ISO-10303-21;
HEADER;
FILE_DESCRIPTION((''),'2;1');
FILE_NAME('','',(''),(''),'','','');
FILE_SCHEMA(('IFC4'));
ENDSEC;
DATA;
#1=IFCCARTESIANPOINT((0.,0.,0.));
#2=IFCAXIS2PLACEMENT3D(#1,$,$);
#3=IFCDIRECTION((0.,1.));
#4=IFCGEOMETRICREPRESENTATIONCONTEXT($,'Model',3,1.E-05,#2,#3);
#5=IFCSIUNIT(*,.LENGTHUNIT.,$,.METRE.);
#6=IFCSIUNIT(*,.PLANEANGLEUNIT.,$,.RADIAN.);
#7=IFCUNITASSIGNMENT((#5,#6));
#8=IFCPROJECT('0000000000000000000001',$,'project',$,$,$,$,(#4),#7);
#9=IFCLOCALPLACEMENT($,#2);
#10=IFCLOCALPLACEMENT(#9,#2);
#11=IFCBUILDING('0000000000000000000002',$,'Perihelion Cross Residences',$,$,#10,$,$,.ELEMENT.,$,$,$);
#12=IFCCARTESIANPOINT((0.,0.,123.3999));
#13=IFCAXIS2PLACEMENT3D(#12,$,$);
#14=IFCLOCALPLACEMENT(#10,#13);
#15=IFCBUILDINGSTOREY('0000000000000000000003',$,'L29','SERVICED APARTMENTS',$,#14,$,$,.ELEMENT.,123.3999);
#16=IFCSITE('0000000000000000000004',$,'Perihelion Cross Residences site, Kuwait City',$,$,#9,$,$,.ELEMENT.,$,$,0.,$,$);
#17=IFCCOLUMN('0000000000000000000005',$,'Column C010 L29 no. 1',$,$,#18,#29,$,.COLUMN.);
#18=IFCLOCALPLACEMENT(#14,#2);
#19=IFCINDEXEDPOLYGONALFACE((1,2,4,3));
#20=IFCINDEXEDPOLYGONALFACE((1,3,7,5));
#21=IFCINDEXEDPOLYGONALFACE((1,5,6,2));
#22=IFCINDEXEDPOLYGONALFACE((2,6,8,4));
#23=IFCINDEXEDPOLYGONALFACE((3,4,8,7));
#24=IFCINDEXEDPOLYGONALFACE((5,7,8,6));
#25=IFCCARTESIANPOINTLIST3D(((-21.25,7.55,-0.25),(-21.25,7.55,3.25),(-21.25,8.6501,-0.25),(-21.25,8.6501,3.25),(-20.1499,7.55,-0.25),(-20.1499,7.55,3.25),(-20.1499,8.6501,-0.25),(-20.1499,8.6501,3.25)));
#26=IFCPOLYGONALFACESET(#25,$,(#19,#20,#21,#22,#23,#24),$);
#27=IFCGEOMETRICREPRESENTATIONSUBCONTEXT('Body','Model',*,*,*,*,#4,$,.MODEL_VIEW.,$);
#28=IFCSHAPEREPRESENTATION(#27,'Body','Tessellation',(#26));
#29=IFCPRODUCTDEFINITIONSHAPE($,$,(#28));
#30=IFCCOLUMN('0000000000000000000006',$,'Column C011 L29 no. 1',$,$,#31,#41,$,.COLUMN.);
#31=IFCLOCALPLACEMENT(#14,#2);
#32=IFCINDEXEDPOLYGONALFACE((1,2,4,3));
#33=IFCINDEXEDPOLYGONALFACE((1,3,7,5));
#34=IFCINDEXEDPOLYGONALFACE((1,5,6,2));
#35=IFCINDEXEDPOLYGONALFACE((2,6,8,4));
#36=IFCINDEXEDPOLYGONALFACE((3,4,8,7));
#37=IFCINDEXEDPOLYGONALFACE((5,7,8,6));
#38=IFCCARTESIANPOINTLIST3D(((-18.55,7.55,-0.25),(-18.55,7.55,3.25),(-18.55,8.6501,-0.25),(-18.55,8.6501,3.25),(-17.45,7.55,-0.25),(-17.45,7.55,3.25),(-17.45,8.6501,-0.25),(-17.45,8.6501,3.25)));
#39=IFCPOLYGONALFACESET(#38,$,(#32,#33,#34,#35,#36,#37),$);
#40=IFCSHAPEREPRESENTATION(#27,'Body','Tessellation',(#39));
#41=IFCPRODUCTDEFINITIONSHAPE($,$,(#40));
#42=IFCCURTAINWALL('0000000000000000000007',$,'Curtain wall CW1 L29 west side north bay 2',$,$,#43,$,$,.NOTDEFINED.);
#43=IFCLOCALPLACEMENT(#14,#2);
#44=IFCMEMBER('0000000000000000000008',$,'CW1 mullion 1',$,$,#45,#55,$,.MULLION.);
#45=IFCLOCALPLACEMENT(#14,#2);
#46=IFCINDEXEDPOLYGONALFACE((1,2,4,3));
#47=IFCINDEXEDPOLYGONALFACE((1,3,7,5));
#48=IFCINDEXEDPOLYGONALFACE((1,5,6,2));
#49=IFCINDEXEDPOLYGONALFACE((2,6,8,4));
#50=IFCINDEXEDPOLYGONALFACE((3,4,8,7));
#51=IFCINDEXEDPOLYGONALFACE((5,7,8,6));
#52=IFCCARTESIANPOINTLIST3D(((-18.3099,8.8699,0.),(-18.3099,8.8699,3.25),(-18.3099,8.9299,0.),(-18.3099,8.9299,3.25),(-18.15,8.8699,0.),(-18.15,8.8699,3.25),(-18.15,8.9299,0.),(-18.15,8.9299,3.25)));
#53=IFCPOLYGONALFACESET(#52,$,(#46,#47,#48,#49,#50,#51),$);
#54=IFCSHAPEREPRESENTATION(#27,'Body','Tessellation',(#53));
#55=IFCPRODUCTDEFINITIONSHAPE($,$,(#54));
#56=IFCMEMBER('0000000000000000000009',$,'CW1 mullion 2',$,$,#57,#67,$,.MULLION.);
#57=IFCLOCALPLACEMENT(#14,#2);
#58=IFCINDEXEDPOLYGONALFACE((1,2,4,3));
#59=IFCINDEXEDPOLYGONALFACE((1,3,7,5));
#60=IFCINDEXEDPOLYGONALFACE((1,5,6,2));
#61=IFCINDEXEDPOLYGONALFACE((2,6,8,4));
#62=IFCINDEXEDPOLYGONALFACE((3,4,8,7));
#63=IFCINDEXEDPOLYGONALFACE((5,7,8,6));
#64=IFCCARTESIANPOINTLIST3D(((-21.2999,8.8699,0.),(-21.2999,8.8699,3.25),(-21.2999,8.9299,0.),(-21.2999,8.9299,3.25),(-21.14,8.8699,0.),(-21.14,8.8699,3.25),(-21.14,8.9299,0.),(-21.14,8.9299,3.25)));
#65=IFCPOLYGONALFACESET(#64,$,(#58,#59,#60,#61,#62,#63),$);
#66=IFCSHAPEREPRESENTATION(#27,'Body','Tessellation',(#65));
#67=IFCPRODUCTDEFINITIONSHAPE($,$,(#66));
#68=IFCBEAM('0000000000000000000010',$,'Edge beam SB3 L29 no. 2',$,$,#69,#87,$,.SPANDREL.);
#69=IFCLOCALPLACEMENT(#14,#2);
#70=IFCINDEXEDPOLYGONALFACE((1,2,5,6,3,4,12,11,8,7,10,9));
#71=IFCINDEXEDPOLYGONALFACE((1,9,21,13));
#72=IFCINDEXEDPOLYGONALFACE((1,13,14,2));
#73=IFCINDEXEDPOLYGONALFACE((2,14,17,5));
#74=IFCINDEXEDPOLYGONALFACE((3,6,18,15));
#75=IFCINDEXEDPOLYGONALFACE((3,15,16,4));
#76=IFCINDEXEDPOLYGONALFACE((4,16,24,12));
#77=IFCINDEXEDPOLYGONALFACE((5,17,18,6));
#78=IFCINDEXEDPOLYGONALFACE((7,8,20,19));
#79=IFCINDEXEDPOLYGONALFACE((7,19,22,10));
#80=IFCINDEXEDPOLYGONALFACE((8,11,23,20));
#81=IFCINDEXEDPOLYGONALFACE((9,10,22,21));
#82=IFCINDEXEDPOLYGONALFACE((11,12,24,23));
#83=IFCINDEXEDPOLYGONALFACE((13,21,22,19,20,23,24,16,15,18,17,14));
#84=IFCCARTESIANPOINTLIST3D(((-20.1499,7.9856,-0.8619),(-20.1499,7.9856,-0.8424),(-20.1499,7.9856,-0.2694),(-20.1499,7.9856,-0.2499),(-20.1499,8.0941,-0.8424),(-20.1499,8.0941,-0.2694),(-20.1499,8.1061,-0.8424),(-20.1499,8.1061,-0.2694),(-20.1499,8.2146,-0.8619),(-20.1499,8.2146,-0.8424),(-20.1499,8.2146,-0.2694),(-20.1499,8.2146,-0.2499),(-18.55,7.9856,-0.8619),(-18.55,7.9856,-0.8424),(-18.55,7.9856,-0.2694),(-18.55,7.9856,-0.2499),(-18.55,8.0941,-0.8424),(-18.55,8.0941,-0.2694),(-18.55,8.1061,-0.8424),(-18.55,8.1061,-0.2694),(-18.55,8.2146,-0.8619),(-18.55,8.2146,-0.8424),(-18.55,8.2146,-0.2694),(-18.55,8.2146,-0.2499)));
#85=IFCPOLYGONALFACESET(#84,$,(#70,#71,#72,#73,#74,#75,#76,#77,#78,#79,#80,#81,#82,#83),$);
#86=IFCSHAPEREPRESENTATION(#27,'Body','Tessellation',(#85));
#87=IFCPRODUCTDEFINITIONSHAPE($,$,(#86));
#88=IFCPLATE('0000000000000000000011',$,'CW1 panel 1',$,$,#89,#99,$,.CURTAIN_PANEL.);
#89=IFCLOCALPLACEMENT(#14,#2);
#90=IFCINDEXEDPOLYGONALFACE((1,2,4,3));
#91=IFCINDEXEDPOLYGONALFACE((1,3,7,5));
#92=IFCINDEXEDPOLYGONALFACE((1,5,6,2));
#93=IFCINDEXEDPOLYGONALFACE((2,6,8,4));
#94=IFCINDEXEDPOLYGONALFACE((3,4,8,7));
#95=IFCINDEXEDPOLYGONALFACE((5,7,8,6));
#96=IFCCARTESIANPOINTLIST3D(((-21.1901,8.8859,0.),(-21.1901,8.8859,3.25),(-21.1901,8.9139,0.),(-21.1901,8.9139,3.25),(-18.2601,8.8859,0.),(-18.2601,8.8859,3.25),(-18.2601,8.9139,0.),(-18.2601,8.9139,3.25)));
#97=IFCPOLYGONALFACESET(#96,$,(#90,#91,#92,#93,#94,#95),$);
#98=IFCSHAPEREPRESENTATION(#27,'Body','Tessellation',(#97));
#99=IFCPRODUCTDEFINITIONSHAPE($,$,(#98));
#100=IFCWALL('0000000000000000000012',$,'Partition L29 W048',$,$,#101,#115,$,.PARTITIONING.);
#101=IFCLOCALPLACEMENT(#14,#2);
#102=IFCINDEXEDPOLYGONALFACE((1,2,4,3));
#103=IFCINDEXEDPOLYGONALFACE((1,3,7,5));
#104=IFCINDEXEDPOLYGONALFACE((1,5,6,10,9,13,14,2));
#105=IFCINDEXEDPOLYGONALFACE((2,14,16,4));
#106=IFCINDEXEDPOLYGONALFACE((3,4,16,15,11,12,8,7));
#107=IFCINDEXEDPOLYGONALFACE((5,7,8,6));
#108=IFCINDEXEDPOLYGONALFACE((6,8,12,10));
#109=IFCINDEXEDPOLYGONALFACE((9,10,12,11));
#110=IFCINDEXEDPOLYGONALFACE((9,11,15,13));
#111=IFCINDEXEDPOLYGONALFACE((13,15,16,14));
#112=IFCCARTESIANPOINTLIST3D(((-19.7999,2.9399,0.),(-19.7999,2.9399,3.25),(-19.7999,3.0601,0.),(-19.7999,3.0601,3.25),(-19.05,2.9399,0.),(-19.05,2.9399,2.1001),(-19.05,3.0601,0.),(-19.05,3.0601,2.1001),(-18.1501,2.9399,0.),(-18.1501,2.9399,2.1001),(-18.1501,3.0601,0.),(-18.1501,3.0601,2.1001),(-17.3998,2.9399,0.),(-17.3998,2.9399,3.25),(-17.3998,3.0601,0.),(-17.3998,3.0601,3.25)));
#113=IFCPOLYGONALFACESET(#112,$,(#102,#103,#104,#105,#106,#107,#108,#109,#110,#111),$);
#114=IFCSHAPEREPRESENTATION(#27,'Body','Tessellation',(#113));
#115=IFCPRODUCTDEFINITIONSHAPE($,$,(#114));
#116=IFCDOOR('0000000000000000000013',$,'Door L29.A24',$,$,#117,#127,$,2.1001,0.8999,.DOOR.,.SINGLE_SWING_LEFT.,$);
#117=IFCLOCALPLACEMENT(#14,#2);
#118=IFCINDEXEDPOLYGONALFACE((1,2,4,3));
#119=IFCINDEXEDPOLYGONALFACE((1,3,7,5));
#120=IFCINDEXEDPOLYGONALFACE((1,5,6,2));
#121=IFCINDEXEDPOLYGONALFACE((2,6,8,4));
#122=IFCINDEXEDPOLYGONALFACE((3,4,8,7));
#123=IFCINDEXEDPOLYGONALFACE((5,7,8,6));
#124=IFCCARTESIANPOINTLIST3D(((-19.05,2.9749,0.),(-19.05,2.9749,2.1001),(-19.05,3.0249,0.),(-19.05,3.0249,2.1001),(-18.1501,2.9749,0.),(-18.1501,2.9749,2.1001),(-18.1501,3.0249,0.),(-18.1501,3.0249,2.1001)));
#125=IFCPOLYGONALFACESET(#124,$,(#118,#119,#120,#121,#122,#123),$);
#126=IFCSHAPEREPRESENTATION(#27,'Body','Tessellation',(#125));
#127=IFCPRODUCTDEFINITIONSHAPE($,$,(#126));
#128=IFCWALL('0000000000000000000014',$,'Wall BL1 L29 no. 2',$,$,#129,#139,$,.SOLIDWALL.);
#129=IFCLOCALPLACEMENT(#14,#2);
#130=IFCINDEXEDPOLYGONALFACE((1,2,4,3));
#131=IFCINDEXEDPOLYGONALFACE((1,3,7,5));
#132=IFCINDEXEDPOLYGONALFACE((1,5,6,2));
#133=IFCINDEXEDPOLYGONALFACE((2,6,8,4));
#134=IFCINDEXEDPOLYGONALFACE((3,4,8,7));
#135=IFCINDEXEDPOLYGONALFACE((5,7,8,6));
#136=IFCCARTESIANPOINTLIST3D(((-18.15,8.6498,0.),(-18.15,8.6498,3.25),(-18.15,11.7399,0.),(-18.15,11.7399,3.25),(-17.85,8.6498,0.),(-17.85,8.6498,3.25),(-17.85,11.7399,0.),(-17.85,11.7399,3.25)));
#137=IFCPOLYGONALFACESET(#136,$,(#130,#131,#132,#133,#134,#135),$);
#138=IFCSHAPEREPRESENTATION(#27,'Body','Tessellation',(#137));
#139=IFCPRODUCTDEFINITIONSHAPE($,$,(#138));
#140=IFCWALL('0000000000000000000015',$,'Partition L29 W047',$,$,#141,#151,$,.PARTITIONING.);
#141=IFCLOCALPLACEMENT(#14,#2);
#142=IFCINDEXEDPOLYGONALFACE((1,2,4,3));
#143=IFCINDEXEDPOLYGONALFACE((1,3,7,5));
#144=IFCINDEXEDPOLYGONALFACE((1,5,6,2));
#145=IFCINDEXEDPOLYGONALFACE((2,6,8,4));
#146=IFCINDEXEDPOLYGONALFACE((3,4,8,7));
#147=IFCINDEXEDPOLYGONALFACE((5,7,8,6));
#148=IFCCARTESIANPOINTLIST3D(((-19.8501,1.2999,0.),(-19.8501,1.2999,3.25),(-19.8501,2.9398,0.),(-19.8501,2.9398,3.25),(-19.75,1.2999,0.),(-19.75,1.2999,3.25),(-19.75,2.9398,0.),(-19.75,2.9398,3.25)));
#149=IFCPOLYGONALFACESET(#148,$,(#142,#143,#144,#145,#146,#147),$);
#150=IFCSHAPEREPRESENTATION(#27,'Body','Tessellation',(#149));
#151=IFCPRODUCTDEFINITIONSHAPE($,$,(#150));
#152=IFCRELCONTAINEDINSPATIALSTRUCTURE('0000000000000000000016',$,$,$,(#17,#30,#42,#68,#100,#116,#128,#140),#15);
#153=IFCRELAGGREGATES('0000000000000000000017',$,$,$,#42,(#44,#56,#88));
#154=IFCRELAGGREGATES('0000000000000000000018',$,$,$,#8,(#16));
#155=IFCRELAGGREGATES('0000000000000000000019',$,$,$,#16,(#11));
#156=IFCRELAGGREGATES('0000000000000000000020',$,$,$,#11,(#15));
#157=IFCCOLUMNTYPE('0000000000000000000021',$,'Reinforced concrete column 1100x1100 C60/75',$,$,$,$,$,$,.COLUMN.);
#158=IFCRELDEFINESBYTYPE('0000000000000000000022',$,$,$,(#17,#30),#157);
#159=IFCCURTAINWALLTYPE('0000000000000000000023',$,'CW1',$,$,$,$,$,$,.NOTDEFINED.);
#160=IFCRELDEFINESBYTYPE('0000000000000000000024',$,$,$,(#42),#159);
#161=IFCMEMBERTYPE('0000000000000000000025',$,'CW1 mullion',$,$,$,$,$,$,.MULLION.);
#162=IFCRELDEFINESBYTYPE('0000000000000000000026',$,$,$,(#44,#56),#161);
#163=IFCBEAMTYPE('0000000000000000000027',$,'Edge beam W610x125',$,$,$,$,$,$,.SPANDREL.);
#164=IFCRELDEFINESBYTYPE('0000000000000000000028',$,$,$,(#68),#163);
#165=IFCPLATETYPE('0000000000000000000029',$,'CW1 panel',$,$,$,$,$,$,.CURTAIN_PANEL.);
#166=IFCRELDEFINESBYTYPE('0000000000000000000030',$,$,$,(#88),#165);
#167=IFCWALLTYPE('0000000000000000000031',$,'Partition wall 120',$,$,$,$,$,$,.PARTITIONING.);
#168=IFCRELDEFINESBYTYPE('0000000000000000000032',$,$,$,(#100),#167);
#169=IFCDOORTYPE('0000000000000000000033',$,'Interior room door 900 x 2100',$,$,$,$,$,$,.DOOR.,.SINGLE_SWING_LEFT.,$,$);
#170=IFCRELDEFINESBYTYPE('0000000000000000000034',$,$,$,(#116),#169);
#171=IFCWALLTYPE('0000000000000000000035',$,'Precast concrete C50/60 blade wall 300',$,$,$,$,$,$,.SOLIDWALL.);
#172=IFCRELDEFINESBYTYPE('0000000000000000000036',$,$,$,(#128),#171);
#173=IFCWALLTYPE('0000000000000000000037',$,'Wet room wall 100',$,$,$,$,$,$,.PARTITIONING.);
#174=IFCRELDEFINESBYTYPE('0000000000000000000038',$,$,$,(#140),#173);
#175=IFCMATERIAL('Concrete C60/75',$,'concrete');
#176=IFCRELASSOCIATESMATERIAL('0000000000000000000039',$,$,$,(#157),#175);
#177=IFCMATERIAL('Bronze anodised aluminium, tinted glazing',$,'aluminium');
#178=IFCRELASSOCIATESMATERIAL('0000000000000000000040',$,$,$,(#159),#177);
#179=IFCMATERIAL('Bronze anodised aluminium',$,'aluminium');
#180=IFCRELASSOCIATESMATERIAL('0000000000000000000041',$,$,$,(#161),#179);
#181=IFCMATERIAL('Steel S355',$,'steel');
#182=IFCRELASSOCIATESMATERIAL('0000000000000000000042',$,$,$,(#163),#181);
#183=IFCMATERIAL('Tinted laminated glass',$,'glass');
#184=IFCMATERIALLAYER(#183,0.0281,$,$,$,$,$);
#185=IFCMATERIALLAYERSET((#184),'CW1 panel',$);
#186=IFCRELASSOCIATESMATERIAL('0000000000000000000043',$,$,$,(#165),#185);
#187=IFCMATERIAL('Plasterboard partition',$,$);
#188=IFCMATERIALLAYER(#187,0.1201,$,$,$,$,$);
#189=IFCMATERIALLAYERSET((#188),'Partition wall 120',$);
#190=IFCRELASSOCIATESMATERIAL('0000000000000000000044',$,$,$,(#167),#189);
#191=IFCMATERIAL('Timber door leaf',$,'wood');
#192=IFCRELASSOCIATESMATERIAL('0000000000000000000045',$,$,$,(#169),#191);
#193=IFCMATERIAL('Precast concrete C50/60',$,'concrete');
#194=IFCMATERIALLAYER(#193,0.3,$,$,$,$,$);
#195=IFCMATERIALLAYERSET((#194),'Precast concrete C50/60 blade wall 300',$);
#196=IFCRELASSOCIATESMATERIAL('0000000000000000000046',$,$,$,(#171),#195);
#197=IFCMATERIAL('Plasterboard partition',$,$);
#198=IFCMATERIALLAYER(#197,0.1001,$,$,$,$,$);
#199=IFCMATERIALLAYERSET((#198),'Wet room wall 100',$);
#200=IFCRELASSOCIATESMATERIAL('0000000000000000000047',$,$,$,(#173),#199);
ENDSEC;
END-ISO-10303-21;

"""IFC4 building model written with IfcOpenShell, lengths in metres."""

from ifc_helpers import new_model, si_unit, direction, frame, frame_2d, origin, origin_2d, place, context, subcontext, project, spatial, rectangle, i_section, extrude, material, layer, layer_set, material_profile, profile_set, type_object, element, fill, aggregate, save


model = new_model("IFC4")

# Units and contexts
model_context = context("Model", 3, precision=1e-05, world=origin(), true_north=direction((0.0, 1.0)))
body_context = subcontext(model_context, "Body", "Model", "MODEL_VIEW")
ifc_project = project(units=[si_unit("LENGTHUNIT", "METRE"), si_unit("PLANEANGLEUNIT", "RADIAN")], contexts=[model_context])

# Site, building, storey
site_placement = place(None, origin())
site = spatial("IfcSite", under=ifc_project, at=site_placement, Name="Perihelion Cross Residences site, Kuwait City", CompositionType="ELEMENT", RefElevation=0.0)
building_placement = place(site_placement, origin())
building = spatial("IfcBuilding", under=site, at=building_placement, Name="Perihelion Cross Residences", CompositionType="ELEMENT")
storey_placement = place(building_placement, frame((0.0, 0.0, 123.3999)))
storey = spatial("IfcBuildingStorey", under=building, at=storey_placement, Name="L29", Description="SERVICED APARTMENTS", CompositionType="ELEMENT", Elevation=123.3999)

# Columns
ifc_material_1 = material(Name="Concrete C60/75", Category="concrete")
ifc_material_profile_1 = material_profile(ifc_material_1, rectangle(XDim=1.1001, YDim=1.1001, at=origin_2d()), Name="RC 1100x1100")
ifc_profile_set_1 = profile_set([ifc_material_profile_1], Name="Concrete C60/75")
column_type = type_object("IfcColumnType", Name="Reinforced concrete column 1100x1100 C60/75", PredefinedType="COLUMN", material=ifc_profile_set_1)
for number, where, z_axis, x_axis, name in (
    (1, (-20.7, 8.1001, -0.25), (0.0, 0.0, 1.0), (1.0, 0.0, 0.0), "Column C010 L29 no. 1"),
    (2, (-18.0, 8.1001, -0.25), (0.0, 0.0, 1.0), (1.0, 0.0, 0.0), "Column C011 L29 no. 1"),
):
    element("IfcColumn", number, at=place(storey_placement, frame(where, z_axis=z_axis, x_axis=x_axis)), inside=storey, type_object=column_type, Name=name, PredefinedType="COLUMN", context=body_context, shape_type="SweptSolid", body=[
        extrude(rectangle(XDim=1.1001, YDim=1.1001, at=origin_2d()), origin(), (0.0, 0.0, 1.0), 3.5),
    ])

# Curtain wall, members
ifc_material_2 = material(Name="Bronze anodised aluminium, tinted glazing", Category="aluminium")
curtain_wall_type = type_object("IfcCurtainWallType", Name="CW1", PredefinedType="NOTDEFINED", material=ifc_material_2)
curtain_wall_placement = place(storey_placement, origin())
curtain_wall = element("IfcCurtainWall", 3, at=curtain_wall_placement, inside=storey, type_object=curtain_wall_type, Name="Curtain wall CW1 L29 west side north bay 2", PredefinedType="NOTDEFINED")
ifc_material_3 = material(Name="Bronze anodised aluminium", Category="aluminium")
ifc_material_profile_2 = material_profile(ifc_material_3, rectangle(XDim=0.0601, YDim=0.1599, at=origin_2d()), Name="CW1 mullion")
ifc_profile_set_2 = profile_set([ifc_material_profile_2], Name="Bronze anodised aluminium")
member_type = type_object("IfcMemberType", Name="CW1 mullion", PredefinedType="MULLION", material=ifc_profile_set_2)
member_1_placement = place(storey_placement, frame((-18.23, 8.8999, 0.0), z_axis=(0.0, 0.0, 1.0), x_axis=(0.0, -1.0, 0.0)))
member_1 = element("IfcMember", 4, at=member_1_placement, type_object=member_type, Name="CW1 mullion 1", PredefinedType="MULLION", context=body_context, shape_type="SweptSolid", body=[
    extrude(rectangle(XDim=0.0601, YDim=0.1599, at=origin_2d()), origin(), (0.0, 0.0, 1.0), 3.25),
])
member_2_placement = place(storey_placement, frame((-21.22, 8.8999, 0.0), z_axis=(0.0, 0.0, 1.0), x_axis=(0.0, -1.0, 0.0)))
member_2 = element("IfcMember", 5, at=member_2_placement, type_object=member_type, Name="CW1 mullion 2", PredefinedType="MULLION", context=body_context, shape_type="SweptSolid", body=[
    extrude(rectangle(XDim=0.0601, YDim=0.1599, at=origin_2d()), origin(), (0.0, 0.0, 1.0), 3.25),
])

# Beam
ifc_material_4 = material(Name="Steel S355", Category="steel")
ifc_material_profile_3 = material_profile(ifc_material_4, i_section(OverallWidth=0.229, OverallDepth=0.6121, WebThickness=0.012, FlangeThickness=0.0195, at=origin_2d()), Name="W610x125")
ifc_profile_set_3 = profile_set([ifc_material_profile_3], Name="Steel S355")
beam_type = type_object("IfcBeamType", Name="Edge beam W610x125", PredefinedType="SPANDREL", material=ifc_profile_set_3)
beam_placement = place(storey_placement, frame((-18.55, 8.1001, -0.5559), z_axis=(-1.0, 0.0, 0.0), x_axis=(0.0, -1.0, 0.0)))
element("IfcBeam", 6, at=beam_placement, inside=storey, type_object=beam_type, Name="Edge beam SB3 L29 no. 2", PredefinedType="SPANDREL", context=body_context, shape_type="SweptSolid", body=[
    extrude(i_section(OverallWidth=0.229, OverallDepth=0.6121, WebThickness=0.012, FlangeThickness=0.0195, at=origin_2d()), origin(), (0.0, 0.0, 1.0), 1.5999),
])

# Plate
ifc_material_5 = material(Name="Tinted laminated glass", Category="glass")
ifc_layer_1 = layer(ifc_material_5, 0.0281)
ifc_layer_set_1 = layer_set([ifc_layer_1], Name="CW1 panel")
plate_type = type_object("IfcPlateType", Name="CW1 panel", PredefinedType="CURTAIN_PANEL", material=ifc_layer_set_1)
plate_placement = place(storey_placement, frame((-19.7251, 8.8999, 0.0), z_axis=(0.0, 0.0, 1.0), x_axis=(-1.0, 0.0, 0.0)))
plate = element("IfcPlate", 7, at=plate_placement, type_object=plate_type, Name="CW1 panel 1", PredefinedType="CURTAIN_PANEL", context=body_context, shape_type="SweptSolid", body=[
    extrude(rectangle(XDim=2.9299, YDim=0.0281, at=origin_2d()), origin(), (0.0, 0.0, 1.0), 3.25),
])
aggregate(curtain_wall, [member_1, member_2, plate])

# Wall, opening, door
ifc_material_6 = material(Name="Plasterboard partition")
ifc_layer_2 = layer(ifc_material_6, 0.1201)
ifc_layer_set_2 = layer_set([ifc_layer_2], Name="Partition wall 120")
wall_type_1 = type_object("IfcWallType", Name="Partition wall 120", PredefinedType="PARTITIONING", material=ifc_layer_set_2)
wall_1_placement = place(storey_placement, frame((-19.8, 3.0, 0.0), z_axis=(0.0, 0.0, 1.0), x_axis=(1.0, 0.0, 0.0)))
wall_1 = element("IfcWall", 8, at=wall_1_placement, inside=storey, type_object=wall_type_1, Name="Partition L29 W048", PredefinedType="PARTITIONING", context=body_context, shape_type="SweptSolid", body=[
    extrude(rectangle(XDim=2.4001, YDim=0.1201, at=frame_2d((1.2002, 0.0))), origin(), (0.0, 0.0, 1.0), 3.25),
])
opening_1_placement = place(wall_1_placement, frame((0.75, 0.0, 0.0)))
opening_1 = element("IfcOpeningElement", 9, at=opening_1_placement, cuts=wall_1, PredefinedType="OPENING", context=body_context, shape_type="SweptSolid", body=[
    extrude(rectangle(XDim=0.8999, YDim=2.1001, at=frame_2d((0.45, 1.05))), frame((0.0, 0.0701, 0.0), z_axis=(0.0, -1.0, 0.0), x_axis=(1.0, 0.0, 0.0)), (0.0, 0.0, 1.0), 0.1401),
])
ifc_material_7 = material(Name="Timber door leaf", Category="wood")
door_type_1 = type_object("IfcDoorType", Name="Interior room door 900 x 2100", OperationType="SINGLE_SWING_LEFT", PredefinedType="DOOR", material=ifc_material_7)
door_1_placement = place(opening_1_placement, origin())
door_1 = element("IfcDoor", 10, at=door_1_placement, inside=storey, type_object=door_type_1, Name="Door L29.A24", OperationType="SINGLE_SWING_LEFT", OverallHeight=2.1001, OverallWidth=0.8999, PredefinedType="DOOR", context=body_context, shape_type="SweptSolid", body=[
    extrude(rectangle(XDim=0.8999, YDim=2.1001, at=frame_2d((0.45, 1.05))), frame((0.0, 0.0249, 0.0), z_axis=(0.0, -1.0, 0.0), x_axis=(1.0, 0.0, 0.0)), (0.0, 0.0, 1.0), 0.05),
])
fill(opening_1, door_1)

# Walls
ifc_material_8 = material(Name="Precast concrete C50/60", Category="concrete")
ifc_layer_3 = layer(ifc_material_8, 0.3)
ifc_layer_set_3 = layer_set([ifc_layer_3], Name="Precast concrete C50/60 blade wall 300")
wall_type_2 = type_object("IfcWallType", Name="Precast concrete C50/60 blade wall 300", PredefinedType="SOLIDWALL", material=ifc_layer_set_3)
wall_2_placement = place(storey_placement, frame((-18.0, 8.6499, 0.0), z_axis=(0.0, 0.0, 1.0), x_axis=(0.0, 1.0, 0.0)))
element("IfcWall", 11, at=wall_2_placement, inside=storey, type_object=wall_type_2, Name="Wall BL1 L29 no. 2", PredefinedType="SOLIDWALL", context=body_context, shape_type="SweptSolid", body=[
    extrude(rectangle(XDim=3.0901, YDim=0.3, at=frame_2d((1.5449, 0.0))), origin(), (0.0, 0.0, 1.0), 3.25),
])
ifc_material_9 = material(Name="Plasterboard partition")
ifc_layer_4 = layer(ifc_material_9, 0.1001)
ifc_layer_set_4 = layer_set([ifc_layer_4], Name="Wet room wall 100")
wall_type_3 = type_object("IfcWallType", Name="Wet room wall 100", PredefinedType="PARTITIONING", material=ifc_layer_set_4)
wall_3_placement = place(storey_placement, frame((-19.8, 1.3, 0.0), z_axis=(0.0, 0.0, 1.0), x_axis=(0.0, 1.0, 0.0)))
element("IfcWall", 12, at=wall_3_placement, inside=storey, type_object=wall_type_3, Name="Partition L29 W047", PredefinedType="PARTITIONING", context=body_context, shape_type="SweptSolid", body=[
    extrude(rectangle(XDim=1.6399, YDim=0.1001, at=frame_2d((0.8198, 0.0))), origin(), (0.0, 0.0, 1.0), 3.25),
])

save(model, "model.ifc")
